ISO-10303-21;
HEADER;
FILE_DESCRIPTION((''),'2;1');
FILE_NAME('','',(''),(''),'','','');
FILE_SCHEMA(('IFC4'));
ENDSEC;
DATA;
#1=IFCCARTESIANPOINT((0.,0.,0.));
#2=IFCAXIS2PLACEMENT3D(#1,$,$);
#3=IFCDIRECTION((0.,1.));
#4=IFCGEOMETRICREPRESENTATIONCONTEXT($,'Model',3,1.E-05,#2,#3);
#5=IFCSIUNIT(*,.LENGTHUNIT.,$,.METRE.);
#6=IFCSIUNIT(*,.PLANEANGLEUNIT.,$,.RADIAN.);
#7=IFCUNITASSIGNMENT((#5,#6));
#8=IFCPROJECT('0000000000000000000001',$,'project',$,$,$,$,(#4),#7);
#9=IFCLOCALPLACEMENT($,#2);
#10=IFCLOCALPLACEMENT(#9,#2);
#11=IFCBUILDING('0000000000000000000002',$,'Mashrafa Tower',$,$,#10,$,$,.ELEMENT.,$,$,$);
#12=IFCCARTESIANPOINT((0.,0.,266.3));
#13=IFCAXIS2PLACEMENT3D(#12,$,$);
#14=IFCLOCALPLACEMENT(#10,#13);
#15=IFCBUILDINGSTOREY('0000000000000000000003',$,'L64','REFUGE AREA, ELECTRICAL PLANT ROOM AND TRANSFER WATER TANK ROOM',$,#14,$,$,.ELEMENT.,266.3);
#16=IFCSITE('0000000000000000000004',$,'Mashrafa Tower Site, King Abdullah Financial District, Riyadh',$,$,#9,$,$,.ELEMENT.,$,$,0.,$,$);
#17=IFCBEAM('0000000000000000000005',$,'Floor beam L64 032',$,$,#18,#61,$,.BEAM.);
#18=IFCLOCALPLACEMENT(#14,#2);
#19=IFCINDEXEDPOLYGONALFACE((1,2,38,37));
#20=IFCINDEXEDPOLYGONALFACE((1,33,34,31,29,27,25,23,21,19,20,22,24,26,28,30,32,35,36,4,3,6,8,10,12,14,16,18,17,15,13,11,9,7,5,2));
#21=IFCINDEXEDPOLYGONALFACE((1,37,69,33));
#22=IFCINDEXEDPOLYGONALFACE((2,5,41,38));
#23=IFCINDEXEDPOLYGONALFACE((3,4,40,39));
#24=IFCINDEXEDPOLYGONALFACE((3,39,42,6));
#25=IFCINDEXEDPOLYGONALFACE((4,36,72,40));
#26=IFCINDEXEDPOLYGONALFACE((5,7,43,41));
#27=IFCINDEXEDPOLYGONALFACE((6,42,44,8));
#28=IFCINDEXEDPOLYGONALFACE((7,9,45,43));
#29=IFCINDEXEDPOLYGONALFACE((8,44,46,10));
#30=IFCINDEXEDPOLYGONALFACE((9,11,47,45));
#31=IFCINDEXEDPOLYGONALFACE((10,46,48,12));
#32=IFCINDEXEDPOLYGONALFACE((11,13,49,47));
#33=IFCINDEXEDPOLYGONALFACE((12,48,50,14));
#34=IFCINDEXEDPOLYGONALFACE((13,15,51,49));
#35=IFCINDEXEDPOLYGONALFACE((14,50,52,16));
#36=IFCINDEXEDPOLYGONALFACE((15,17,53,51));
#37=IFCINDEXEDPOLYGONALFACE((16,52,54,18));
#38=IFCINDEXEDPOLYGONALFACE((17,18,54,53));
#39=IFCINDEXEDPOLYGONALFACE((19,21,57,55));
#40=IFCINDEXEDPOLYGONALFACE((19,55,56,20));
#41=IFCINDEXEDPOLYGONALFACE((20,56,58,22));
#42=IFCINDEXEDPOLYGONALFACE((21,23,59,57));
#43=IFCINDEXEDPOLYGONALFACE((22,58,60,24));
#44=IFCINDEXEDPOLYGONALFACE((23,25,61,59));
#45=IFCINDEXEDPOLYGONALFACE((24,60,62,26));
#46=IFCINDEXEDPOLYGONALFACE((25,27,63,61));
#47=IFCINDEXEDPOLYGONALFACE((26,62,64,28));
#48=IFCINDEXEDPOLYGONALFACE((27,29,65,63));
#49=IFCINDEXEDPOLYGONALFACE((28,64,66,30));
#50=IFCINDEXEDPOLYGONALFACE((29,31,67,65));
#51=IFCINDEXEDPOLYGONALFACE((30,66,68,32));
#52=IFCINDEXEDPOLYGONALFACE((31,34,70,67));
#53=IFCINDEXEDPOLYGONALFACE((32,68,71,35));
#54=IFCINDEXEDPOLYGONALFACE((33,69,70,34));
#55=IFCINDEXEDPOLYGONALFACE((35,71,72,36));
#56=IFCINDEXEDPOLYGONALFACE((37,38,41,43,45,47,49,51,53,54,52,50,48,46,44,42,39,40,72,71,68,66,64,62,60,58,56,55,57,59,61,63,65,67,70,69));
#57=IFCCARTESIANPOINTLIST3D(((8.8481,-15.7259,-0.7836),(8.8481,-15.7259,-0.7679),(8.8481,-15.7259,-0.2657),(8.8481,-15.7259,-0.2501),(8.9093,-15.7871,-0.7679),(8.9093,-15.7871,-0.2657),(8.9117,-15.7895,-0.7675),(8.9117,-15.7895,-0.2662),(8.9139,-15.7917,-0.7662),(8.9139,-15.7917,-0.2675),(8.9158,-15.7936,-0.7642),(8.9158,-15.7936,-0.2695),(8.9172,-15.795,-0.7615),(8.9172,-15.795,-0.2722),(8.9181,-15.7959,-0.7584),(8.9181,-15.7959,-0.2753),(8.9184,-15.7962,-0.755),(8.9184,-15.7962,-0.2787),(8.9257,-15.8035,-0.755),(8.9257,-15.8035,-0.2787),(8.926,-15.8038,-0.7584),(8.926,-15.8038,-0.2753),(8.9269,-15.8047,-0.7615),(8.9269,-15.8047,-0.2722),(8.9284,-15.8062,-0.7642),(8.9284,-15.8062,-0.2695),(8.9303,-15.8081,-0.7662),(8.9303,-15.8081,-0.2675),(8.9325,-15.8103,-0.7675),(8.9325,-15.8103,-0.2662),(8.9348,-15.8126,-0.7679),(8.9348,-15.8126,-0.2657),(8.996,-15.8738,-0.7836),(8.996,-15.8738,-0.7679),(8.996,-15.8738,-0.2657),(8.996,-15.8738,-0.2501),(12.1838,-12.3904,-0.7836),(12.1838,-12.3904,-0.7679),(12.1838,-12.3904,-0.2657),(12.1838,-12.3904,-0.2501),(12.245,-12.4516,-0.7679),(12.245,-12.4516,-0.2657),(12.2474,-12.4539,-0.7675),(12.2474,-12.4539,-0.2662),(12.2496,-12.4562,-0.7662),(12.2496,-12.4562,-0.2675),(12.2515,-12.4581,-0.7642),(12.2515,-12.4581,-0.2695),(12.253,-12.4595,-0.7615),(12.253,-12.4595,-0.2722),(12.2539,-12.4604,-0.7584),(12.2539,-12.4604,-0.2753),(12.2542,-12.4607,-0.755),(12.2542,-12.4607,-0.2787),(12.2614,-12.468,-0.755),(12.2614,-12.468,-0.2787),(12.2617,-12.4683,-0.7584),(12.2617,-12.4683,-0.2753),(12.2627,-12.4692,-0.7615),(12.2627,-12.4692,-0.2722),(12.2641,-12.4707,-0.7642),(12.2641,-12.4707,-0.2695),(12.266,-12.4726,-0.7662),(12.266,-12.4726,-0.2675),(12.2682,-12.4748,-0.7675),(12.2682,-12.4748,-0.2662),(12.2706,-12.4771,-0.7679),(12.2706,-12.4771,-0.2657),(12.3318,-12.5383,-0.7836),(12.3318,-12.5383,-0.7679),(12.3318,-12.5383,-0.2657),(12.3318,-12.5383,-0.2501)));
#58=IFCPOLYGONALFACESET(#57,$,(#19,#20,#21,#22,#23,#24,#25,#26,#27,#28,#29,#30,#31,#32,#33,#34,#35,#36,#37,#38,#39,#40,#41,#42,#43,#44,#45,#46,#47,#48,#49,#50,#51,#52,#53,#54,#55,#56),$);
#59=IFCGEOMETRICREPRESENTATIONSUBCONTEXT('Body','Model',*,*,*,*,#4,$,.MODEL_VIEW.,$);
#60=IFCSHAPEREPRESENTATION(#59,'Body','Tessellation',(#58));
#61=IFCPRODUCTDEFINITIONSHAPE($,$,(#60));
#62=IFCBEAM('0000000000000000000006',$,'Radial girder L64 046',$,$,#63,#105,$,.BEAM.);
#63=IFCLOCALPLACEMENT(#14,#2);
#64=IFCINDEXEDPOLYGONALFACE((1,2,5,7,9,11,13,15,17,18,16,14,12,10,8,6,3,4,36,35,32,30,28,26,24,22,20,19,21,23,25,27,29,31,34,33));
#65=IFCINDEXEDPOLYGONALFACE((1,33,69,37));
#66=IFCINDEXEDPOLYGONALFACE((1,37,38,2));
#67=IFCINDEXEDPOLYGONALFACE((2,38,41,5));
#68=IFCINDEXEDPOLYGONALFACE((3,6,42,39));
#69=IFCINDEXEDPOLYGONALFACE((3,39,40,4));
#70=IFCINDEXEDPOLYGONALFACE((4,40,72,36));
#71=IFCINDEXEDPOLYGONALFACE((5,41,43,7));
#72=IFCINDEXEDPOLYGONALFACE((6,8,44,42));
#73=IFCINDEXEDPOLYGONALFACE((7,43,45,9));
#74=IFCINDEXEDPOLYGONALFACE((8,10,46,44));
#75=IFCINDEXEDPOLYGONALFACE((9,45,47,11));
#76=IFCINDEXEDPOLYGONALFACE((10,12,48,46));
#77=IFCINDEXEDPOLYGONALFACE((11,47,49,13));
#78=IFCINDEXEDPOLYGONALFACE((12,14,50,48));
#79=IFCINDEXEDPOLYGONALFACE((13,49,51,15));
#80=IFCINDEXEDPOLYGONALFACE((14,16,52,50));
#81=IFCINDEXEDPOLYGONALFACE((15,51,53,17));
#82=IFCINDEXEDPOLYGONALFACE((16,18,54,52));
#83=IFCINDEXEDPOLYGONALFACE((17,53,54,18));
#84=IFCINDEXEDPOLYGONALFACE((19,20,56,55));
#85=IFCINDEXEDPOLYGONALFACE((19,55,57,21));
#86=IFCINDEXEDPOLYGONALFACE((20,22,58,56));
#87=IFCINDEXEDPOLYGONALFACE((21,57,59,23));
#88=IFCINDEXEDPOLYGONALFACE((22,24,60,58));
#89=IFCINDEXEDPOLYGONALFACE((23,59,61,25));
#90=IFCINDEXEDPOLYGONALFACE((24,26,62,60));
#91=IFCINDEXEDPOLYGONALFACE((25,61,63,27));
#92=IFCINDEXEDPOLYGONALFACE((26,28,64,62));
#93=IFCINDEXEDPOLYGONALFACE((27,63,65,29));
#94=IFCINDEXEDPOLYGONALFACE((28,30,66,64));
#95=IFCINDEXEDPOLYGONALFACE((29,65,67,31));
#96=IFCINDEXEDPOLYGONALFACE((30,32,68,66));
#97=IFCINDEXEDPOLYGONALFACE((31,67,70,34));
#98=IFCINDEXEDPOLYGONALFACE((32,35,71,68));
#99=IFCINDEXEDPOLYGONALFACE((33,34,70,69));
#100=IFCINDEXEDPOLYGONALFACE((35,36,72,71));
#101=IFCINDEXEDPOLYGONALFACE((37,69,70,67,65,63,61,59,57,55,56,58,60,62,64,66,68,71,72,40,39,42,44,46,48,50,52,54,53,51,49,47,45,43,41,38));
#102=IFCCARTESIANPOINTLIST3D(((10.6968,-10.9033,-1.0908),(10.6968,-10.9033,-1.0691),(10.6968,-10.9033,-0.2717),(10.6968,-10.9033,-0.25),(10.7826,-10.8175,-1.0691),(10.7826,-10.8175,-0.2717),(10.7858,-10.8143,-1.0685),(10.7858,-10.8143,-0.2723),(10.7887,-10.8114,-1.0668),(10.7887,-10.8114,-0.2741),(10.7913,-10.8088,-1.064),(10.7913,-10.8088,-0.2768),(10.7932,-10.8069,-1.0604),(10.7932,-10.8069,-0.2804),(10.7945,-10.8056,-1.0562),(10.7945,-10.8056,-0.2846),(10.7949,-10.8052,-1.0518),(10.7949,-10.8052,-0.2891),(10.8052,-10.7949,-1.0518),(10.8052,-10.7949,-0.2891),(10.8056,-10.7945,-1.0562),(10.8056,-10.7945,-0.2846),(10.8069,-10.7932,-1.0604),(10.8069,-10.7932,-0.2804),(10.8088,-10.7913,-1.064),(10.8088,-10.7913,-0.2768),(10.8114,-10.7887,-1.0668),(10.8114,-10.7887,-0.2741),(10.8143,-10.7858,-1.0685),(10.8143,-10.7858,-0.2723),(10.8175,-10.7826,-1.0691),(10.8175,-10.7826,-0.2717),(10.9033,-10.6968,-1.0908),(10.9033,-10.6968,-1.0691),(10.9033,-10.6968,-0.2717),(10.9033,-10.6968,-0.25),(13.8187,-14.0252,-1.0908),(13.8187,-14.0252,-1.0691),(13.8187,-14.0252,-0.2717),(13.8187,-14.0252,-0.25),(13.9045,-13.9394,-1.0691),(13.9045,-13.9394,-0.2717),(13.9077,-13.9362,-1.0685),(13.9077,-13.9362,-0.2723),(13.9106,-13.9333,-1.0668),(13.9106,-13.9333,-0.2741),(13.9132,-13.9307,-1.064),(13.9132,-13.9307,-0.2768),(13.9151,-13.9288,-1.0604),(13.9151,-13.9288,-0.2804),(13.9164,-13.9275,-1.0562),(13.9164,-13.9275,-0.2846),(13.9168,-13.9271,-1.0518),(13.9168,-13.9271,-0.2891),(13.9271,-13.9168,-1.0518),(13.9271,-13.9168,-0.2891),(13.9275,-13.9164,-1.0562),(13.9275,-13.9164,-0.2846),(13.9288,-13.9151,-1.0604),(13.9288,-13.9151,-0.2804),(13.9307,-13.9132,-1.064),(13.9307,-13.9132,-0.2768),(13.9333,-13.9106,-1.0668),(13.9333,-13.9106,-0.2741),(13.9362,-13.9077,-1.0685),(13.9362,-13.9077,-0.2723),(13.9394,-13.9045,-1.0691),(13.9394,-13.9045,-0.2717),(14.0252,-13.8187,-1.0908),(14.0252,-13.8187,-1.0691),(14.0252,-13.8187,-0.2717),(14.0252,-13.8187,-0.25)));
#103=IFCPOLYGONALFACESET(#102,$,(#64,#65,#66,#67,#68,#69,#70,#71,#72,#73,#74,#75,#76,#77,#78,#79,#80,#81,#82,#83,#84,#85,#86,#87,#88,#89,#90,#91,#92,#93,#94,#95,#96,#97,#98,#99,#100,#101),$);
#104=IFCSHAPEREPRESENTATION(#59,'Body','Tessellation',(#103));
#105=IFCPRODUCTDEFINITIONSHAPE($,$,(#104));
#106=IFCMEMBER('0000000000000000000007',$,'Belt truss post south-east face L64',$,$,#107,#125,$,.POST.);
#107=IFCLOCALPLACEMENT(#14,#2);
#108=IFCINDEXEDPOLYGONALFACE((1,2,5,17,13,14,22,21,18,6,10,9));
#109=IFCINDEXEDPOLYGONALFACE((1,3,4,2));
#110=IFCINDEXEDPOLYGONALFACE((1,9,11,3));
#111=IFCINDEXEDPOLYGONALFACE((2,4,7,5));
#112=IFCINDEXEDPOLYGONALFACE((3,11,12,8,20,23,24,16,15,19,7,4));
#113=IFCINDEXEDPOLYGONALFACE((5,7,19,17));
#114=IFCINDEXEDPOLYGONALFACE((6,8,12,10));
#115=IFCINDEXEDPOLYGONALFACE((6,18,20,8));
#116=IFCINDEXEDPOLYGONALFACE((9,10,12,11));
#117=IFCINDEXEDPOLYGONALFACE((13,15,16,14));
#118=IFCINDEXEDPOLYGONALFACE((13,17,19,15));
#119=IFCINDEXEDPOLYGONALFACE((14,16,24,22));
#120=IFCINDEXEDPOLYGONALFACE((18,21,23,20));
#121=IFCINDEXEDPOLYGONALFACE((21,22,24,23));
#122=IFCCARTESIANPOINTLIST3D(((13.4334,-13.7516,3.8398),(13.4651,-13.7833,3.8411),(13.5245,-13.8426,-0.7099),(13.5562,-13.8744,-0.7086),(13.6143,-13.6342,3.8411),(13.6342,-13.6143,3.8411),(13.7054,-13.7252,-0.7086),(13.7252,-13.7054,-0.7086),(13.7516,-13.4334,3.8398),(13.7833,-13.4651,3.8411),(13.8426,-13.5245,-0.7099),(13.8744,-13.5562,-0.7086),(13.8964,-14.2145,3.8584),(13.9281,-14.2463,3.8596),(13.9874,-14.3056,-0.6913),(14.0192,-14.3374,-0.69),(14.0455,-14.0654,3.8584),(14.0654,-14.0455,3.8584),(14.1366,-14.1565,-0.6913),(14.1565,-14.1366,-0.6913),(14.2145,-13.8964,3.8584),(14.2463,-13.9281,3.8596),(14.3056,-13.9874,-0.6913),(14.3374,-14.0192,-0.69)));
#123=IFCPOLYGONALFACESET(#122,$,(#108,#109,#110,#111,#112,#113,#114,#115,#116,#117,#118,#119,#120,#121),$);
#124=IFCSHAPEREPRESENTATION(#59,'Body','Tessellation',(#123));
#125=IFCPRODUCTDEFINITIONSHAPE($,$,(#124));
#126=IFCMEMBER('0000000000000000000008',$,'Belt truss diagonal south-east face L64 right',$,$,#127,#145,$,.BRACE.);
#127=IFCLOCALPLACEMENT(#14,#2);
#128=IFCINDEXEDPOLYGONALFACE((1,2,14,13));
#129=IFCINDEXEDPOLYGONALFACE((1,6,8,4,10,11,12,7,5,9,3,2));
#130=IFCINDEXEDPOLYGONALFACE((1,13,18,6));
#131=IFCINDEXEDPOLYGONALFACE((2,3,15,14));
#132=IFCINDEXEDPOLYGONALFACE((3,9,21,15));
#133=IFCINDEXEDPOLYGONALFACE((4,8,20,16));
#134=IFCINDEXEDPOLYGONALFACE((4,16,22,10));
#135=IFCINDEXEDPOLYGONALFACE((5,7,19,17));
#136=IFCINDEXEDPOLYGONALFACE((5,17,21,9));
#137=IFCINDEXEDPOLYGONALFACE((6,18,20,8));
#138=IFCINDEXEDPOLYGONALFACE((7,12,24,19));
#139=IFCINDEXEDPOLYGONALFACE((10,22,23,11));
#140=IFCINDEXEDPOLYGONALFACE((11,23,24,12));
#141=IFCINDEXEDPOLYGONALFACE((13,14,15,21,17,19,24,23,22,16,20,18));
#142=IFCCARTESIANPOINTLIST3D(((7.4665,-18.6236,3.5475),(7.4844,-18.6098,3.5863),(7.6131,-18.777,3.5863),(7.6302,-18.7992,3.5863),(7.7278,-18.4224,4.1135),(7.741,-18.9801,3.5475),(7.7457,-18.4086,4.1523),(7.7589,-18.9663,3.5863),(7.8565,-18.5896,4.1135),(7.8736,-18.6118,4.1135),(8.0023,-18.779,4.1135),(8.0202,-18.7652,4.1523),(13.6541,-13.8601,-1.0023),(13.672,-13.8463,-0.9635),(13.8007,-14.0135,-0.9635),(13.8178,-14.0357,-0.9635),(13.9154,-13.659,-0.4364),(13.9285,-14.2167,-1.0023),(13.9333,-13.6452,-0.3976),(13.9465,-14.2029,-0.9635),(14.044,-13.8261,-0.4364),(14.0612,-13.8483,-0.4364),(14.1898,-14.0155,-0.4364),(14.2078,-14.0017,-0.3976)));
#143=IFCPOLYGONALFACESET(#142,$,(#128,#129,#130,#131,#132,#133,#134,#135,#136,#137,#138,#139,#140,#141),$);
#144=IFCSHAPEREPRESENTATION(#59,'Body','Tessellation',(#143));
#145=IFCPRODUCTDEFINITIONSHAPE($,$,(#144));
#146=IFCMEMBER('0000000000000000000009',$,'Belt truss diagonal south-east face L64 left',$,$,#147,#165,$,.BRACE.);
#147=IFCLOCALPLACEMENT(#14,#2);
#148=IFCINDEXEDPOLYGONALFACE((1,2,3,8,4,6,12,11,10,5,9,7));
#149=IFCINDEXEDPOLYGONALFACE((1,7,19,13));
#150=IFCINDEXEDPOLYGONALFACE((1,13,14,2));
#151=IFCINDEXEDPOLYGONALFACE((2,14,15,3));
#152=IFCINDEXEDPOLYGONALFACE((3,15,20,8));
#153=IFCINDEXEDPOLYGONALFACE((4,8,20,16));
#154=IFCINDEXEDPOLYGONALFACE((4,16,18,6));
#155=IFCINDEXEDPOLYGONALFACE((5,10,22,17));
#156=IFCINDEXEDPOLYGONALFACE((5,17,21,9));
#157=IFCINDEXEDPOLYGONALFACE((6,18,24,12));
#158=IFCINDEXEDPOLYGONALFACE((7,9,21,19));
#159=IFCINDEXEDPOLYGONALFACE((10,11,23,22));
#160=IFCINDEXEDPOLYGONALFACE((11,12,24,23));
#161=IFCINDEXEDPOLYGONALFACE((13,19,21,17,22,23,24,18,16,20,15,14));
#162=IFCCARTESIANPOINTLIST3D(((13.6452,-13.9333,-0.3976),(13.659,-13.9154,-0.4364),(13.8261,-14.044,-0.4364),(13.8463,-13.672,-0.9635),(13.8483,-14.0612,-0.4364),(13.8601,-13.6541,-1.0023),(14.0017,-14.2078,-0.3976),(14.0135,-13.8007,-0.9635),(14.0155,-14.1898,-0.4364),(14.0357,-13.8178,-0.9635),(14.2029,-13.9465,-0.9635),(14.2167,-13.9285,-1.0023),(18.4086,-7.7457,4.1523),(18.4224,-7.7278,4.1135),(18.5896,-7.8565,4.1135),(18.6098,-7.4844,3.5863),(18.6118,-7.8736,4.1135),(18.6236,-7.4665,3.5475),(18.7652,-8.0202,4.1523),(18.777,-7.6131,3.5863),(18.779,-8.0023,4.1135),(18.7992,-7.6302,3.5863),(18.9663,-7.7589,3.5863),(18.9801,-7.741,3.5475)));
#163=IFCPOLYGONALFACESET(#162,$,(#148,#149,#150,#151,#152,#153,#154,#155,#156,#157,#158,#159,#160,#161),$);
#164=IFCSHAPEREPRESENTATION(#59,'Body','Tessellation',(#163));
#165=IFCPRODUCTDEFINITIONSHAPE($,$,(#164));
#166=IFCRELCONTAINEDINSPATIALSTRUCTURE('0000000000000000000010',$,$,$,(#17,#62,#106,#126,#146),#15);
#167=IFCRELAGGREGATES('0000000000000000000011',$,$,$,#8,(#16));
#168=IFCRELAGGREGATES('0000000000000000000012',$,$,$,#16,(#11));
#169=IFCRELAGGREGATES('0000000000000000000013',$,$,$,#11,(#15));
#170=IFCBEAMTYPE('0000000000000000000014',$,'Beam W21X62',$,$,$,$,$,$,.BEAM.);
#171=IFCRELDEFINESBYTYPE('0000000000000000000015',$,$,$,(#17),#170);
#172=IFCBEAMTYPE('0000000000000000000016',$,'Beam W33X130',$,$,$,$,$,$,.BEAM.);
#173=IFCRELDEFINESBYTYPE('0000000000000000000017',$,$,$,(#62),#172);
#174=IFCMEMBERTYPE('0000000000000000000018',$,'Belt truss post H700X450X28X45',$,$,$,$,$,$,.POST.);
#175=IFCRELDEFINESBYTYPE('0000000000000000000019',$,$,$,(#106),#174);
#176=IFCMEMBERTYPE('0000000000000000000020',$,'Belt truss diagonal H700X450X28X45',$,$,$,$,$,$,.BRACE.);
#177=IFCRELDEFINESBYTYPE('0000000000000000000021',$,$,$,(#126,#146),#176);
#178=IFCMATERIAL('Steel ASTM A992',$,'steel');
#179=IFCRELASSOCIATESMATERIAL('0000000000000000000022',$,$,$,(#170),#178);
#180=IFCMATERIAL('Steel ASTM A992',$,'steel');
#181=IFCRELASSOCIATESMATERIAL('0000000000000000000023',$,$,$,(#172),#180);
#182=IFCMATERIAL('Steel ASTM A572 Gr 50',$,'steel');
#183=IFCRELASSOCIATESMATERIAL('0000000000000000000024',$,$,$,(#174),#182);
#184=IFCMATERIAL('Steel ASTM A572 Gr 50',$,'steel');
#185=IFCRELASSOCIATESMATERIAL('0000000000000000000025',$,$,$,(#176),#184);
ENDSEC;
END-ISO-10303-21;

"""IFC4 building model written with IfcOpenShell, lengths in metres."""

from ifc_helpers import new_model, si_unit, direction, frame, origin, origin_2d, place, context, subcontext, project, spatial, i_section, extrude, source, transform, mapped, material, material_profile, profile_set, type_object, type_shapes, element, save


model = new_model("IFC4")

# Units and contexts
model_context = context("Model", 3, precision=1e-05, world=origin(), true_north=direction((0.0, 1.0)))
body_context = subcontext(model_context, "Body", "Model", "MODEL_VIEW")
ifc_project = project(units=[si_unit("LENGTHUNIT", "METRE"), si_unit("PLANEANGLEUNIT", "RADIAN")], contexts=[model_context])

# Site, building, storey
site_placement = place(None, origin())
site = spatial("IfcSite", under=ifc_project, at=site_placement, Name="Mashrafa Tower Site, King Abdullah Financial District, Riyadh", CompositionType="ELEMENT", RefElevation=0.0)
building_placement = place(site_placement, origin())
building = spatial("IfcBuilding", under=site, at=building_placement, Name="Mashrafa Tower", CompositionType="ELEMENT")
storey_placement = place(building_placement, frame((0.0, 0.0, 266.3)))
storey = spatial("IfcBuildingStorey", under=building, at=storey_placement, Name="L64", Description="REFUGE AREA, ELECTRICAL PLANT ROOM AND TRANSFER WATER TANK ROOM", CompositionType="ELEMENT", Elevation=266.3)

# Beams
ifc_material_1 = material(Name="Steel ASTM A992", Category="steel")
ifc_material_profile_1 = material_profile(ifc_material_1, i_section(OverallWidth=0.2092, OverallDepth=0.5334, WebThickness=0.0103, FlangeThickness=0.0156, FilletRadius=0.0129, at=origin_2d()), Name="W21X62")
ifc_profile_set_1 = profile_set([ifc_material_profile_1], Name="Steel ASTM A992")
beam_type_1 = type_object("IfcBeamType", Name="Beam W21X62", PredefinedType="BEAM", material=ifc_profile_set_1)
beam_1_placement = place(storey_placement, frame((12.2578, -12.4644, -0.5168), z_axis=(-0.707133, -0.707081, 0.0), x_axis=(0.707081, -0.707133, 0.0)))
element("IfcBeam", 1, at=beam_1_placement, inside=storey, type_object=beam_type_1, Name="Floor beam L64 032", PredefinedType="BEAM", context=body_context, shape_type="SweptSolid", body=[
    extrude(i_section(OverallWidth=0.2092, OverallDepth=0.5334, WebThickness=0.0103, FlangeThickness=0.0156, FilletRadius=0.0129, at=origin_2d()), origin(), (0.0, 0.0, 1.0), 4.7173),
])
ifc_material_2 = material(Name="Steel ASTM A992", Category="steel")
ifc_material_profile_2 = material_profile(ifc_material_2, i_section(OverallWidth=0.292, OverallDepth=0.8408, WebThickness=0.0146, FlangeThickness=0.0217, FilletRadius=0.0173, at=origin_2d()), Name="W33X130")
ifc_profile_set_2 = profile_set([ifc_material_profile_2], Name="Steel ASTM A992")
beam_type_2 = type_object("IfcBeamType", Name="Beam W33X130", PredefinedType="BEAM", material=ifc_profile_set_2)
beam_2_placement = place(storey_placement, frame((10.8, -10.8, -0.6704), z_axis=(0.707107, -0.707107, 0.0), x_axis=(0.707107, 0.707107, 0.0)))
element("IfcBeam", 2, at=beam_2_placement, inside=storey, type_object=beam_type_2, Name="Radial girder L64 046", PredefinedType="BEAM", context=body_context, shape_type="SweptSolid", body=[
    extrude(i_section(OverallWidth=0.292, OverallDepth=0.8408, WebThickness=0.0146, FlangeThickness=0.0217, FilletRadius=0.0173, at=origin_2d()), origin(), (0.0, 0.0, 1.0), 4.415),
])

# Members
ifc_material_3 = material(Name="Steel ASTM A572 Gr 50", Category="steel")
ifc_material_profile_3 = material_profile(ifc_material_3, i_section(OverallWidth=0.45, OverallDepth=0.7, WebThickness=0.0281, FlangeThickness=0.0449, at=origin_2d()), Name="H700X450X28X45")
ifc_profile_set_3 = profile_set([ifc_material_profile_3], Name="Steel ASTM A572 Gr 50")
member_type_1 = type_object("IfcMemberType", Name="Belt truss post H700X450X28X45", PredefinedType="POST", material=ifc_profile_set_3)
shared_shape_1 = source(origin(), body_context, "Body", "SweptSolid", [
    extrude(i_section(OverallWidth=0.45, OverallDepth=0.7, WebThickness=0.0281, FlangeThickness=0.0449, at=origin_2d()), origin(), (0.0, 0.0, 1.0), 4.5515),
])
type_shapes(member_type_1, [shared_shape_1])
member_1_placement = place(storey_placement, frame((13.9309, -13.9309, -0.7), z_axis=(-0.020007, 0.020007, 0.9996), x_axis=(-0.707107, -0.707107, 0.0)))
element("IfcMember", 3, at=member_1_placement, inside=storey, type_object=member_type_1, Name="Belt truss post south-east face L64", PredefinedType="POST", context=body_context, shape_type="MappedRepresentation", body=[
    mapped(shared_shape_1, transform((0.0, 0.0, 0.0))),
])
ifc_material_4 = material(Name="Steel ASTM A572 Gr 50", Category="steel")
ifc_material_profile_4 = material_profile(ifc_material_4, i_section(OverallWidth=0.45, OverallDepth=0.7, WebThickness=0.0281, FlangeThickness=0.0449, at=origin_2d()), Name="H700X450X28X45")
ifc_profile_set_4 = profile_set([ifc_material_profile_4], Name="Steel ASTM A572 Gr 50")
member_type_2 = type_object("IfcMemberType", Name="Belt truss diagonal H700X450X28X45", PredefinedType="BRACE", material=ifc_profile_set_4)
shared_shape_2 = source(origin(), body_context, "Body", "SweptSolid", [
    extrude(i_section(OverallWidth=0.45, OverallDepth=0.7, WebThickness=0.0281, FlangeThickness=0.0449, at=origin_2d()), origin(), (0.0, 0.0, 1.0), 9.0376),
])
type_shapes(member_type_2, [shared_shape_2])
for number, where, z_axis, x_axis, name in (
    (4, (13.9309, -13.9309, -0.7), (-0.684648, -0.527075, 0.503437), (0.610017, -0.792388, 0.0), "Belt truss diagonal south-east face L64 right"),
    (5, (13.9309, -13.9309, -0.7), (0.527075, 0.684648, 0.503437), (-0.792388, 0.610017, 0.0), "Belt truss diagonal south-east face L64 left"),
):
    element("IfcMember", number, at=place(storey_placement, frame(where, z_axis=z_axis, x_axis=x_axis)), inside=storey, type_object=member_type_2, Name=name, PredefinedType="BRACE", context=body_context, shape_type="MappedRepresentation", body=[
        mapped(shared_shape_2, transform((0.0, 0.0, 0.0))),
    ])

save(model, "model.ifc")
